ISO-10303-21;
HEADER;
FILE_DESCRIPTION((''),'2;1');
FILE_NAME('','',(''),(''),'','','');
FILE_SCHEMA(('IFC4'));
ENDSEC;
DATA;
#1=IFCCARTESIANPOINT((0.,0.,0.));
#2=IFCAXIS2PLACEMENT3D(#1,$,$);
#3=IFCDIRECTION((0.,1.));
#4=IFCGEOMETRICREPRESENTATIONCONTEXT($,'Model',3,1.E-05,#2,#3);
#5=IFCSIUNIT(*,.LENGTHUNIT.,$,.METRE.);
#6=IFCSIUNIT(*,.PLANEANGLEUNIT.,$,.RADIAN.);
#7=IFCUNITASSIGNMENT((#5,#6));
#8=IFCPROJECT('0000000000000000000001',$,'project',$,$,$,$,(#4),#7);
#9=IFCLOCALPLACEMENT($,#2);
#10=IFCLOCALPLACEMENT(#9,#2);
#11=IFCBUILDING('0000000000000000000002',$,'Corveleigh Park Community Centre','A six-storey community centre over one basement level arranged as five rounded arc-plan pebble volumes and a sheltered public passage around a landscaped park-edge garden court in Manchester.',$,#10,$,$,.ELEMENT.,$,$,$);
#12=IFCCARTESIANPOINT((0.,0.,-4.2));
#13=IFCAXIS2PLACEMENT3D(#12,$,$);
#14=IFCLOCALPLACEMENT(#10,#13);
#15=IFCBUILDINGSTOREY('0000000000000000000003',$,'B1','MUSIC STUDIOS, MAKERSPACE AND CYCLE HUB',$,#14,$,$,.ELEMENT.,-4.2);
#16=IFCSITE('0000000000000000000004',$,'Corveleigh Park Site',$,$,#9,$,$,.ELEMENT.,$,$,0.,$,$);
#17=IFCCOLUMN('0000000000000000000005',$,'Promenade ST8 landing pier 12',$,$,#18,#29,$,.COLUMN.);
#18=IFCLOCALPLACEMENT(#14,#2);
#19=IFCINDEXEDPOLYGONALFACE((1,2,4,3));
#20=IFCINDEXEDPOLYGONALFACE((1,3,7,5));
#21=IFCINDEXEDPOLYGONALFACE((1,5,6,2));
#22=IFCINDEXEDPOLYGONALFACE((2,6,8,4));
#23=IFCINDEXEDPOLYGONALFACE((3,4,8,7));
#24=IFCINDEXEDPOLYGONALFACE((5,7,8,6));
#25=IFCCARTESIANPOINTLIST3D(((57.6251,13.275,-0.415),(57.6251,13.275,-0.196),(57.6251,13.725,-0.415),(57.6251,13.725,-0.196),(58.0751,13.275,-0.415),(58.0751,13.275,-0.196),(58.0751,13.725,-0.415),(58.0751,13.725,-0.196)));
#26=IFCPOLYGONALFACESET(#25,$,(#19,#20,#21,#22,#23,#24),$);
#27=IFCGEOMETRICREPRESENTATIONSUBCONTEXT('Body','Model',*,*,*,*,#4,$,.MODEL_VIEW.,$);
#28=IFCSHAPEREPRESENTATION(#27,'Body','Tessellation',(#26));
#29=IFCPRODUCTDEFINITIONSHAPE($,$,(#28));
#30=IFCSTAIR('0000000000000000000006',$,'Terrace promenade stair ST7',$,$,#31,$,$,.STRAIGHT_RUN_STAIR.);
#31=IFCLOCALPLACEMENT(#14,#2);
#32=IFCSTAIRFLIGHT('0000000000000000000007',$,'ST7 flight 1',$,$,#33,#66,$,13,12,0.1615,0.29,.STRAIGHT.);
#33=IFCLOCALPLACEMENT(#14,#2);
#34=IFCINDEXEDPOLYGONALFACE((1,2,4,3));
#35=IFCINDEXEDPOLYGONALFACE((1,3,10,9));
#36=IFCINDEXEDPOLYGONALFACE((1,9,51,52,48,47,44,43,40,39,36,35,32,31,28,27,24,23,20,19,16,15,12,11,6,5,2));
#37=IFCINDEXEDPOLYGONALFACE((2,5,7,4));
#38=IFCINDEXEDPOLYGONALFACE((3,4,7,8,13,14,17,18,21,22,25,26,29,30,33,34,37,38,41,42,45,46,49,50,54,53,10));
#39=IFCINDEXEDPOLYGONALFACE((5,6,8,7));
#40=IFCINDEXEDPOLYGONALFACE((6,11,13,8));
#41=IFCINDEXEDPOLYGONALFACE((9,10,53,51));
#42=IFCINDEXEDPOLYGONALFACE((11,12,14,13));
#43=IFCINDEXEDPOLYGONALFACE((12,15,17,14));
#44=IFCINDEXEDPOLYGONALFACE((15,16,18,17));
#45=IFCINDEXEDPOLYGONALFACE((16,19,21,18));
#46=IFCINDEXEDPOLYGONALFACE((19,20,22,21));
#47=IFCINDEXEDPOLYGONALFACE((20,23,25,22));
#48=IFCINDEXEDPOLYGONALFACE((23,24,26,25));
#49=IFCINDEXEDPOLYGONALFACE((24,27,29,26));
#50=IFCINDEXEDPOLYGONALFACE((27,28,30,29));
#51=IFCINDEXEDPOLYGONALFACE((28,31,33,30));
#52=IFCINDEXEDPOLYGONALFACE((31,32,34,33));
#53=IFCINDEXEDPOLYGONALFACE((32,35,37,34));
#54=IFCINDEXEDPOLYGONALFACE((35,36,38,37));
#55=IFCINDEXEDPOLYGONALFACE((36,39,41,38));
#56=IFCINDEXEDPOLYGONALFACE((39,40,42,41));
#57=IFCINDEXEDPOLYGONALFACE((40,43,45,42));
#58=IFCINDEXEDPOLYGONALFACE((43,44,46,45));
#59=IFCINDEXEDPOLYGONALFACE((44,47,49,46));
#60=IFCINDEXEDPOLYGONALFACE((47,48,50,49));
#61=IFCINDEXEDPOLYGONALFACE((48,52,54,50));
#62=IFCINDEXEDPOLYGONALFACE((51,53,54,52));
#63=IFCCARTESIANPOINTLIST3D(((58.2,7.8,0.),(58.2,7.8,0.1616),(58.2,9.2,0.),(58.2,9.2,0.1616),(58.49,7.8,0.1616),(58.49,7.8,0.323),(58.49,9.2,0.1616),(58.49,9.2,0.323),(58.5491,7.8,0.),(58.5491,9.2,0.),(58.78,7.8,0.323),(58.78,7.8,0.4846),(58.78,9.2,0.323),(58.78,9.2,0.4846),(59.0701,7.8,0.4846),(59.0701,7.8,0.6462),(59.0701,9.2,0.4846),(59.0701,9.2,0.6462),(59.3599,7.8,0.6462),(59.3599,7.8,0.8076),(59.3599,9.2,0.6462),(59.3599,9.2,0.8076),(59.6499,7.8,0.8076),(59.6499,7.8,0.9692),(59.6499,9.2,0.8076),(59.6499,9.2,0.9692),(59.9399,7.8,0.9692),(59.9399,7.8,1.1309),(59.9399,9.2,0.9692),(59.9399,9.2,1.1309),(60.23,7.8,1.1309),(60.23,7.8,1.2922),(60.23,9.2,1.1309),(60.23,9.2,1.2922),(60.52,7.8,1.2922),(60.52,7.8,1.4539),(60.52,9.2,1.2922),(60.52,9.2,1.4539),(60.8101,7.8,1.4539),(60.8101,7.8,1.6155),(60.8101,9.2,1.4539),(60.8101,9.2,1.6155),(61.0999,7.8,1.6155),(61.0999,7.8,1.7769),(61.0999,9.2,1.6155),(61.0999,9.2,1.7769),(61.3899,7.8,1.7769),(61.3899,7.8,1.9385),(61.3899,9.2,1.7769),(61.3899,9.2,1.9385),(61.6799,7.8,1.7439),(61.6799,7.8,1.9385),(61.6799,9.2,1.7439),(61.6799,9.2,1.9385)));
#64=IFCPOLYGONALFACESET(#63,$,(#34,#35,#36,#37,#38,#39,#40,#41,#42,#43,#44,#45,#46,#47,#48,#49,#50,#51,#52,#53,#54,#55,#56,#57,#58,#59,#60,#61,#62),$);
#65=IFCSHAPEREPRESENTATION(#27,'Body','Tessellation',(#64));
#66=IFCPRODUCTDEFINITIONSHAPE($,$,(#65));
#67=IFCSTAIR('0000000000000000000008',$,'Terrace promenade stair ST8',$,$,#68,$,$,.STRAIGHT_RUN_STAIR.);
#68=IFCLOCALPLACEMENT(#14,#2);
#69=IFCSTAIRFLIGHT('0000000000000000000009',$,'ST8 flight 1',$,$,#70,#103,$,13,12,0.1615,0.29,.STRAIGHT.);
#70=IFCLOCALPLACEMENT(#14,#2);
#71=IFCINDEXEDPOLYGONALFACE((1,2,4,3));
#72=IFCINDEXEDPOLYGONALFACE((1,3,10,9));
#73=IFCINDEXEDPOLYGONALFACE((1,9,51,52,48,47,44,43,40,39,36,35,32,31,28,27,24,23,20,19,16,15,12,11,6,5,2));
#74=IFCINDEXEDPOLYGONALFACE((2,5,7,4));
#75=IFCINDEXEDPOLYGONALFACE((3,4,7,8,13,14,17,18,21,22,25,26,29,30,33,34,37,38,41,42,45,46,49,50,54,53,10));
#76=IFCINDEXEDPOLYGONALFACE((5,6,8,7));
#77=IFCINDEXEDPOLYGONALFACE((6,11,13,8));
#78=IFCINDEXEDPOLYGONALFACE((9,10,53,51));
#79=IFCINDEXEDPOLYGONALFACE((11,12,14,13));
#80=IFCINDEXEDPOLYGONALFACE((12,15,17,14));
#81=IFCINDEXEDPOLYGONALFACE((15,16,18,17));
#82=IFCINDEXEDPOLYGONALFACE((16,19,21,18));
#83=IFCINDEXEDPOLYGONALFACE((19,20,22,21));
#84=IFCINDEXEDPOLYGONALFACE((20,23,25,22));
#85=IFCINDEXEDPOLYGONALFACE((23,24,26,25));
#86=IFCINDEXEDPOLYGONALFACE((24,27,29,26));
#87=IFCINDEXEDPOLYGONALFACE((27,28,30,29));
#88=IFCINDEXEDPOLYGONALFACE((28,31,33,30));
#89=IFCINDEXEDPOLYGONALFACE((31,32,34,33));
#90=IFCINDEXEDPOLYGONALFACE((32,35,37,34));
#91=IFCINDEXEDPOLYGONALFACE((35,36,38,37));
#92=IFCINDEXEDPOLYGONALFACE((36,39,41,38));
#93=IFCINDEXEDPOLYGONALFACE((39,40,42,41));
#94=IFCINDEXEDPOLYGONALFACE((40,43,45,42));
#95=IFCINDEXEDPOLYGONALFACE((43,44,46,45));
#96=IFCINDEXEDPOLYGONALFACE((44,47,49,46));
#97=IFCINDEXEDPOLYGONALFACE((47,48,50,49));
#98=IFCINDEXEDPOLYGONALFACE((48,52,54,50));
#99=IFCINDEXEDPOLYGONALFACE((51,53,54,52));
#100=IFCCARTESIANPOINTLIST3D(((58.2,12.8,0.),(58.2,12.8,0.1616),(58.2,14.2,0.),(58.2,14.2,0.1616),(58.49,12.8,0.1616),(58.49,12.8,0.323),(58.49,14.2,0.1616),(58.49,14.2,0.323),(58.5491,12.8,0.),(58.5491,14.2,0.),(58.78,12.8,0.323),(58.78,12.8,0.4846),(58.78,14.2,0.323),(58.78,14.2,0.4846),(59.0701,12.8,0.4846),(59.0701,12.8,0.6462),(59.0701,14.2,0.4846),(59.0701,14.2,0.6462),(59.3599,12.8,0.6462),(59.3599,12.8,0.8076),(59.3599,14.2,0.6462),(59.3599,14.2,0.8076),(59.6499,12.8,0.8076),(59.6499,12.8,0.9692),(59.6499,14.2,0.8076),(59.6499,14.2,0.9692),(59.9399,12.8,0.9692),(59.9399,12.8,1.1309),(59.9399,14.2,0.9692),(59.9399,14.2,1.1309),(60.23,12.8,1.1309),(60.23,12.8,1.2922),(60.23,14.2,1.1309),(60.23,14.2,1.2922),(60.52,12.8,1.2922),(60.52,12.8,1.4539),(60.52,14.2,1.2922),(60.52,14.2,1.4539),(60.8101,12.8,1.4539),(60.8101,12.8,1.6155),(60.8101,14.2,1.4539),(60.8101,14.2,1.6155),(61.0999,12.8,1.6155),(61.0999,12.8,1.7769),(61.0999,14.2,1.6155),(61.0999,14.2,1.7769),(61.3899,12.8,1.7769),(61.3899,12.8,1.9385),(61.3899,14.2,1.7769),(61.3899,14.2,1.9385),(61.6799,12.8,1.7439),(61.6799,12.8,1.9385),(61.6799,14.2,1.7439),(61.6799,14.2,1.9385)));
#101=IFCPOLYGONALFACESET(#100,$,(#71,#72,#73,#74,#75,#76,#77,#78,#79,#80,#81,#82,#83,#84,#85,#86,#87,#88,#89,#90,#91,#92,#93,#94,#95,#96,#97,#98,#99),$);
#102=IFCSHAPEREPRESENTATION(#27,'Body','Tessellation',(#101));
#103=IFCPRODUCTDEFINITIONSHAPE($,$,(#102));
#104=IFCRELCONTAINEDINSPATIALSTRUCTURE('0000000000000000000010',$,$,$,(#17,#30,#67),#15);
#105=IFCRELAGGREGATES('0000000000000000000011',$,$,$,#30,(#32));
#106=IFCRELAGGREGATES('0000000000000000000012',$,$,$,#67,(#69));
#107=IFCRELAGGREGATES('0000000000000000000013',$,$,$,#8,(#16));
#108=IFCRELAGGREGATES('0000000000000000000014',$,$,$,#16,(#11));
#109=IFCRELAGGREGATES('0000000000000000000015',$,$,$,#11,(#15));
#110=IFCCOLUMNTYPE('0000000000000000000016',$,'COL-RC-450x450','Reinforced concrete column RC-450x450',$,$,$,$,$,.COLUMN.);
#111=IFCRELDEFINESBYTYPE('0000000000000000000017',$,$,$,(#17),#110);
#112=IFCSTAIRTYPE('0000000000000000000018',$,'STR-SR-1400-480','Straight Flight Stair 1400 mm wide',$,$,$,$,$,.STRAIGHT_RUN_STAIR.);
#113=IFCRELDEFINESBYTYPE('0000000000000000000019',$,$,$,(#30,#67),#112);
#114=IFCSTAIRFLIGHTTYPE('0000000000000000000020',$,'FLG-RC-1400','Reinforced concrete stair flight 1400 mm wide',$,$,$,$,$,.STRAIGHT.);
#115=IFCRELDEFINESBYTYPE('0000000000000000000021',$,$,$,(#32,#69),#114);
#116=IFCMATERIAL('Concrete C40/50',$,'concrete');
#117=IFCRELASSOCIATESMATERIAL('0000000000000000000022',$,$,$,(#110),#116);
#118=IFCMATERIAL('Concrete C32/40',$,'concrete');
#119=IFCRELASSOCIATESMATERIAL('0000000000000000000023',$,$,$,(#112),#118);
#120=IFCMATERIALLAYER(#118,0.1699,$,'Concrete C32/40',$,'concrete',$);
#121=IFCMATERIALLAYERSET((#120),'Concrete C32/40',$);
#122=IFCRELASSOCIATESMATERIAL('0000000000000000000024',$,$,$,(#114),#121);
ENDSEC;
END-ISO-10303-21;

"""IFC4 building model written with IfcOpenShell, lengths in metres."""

from ifc_helpers import new_model, si_unit, direction, frame, origin, origin_2d, place, context, subcontext, project, spatial, polyline, rectangle, outline, extrude, material, layer, layer_set, material_profile, profile_set, type_object, element, aggregate, save


model = new_model("IFC4")

# Units and contexts
model_context = context("Model", 3, precision=1e-05, world=origin(), true_north=direction((0.0, 1.0)))
body_context = subcontext(model_context, "Body", "Model", "MODEL_VIEW")
ifc_project = project(units=[si_unit("LENGTHUNIT", "METRE"), si_unit("PLANEANGLEUNIT", "RADIAN")], contexts=[model_context])

# Site, building, storey
site_placement = place(None, origin())
site = spatial("IfcSite", under=ifc_project, at=site_placement, Name="Corveleigh Park Site", CompositionType="ELEMENT", RefElevation=0.0)
building_placement = place(site_placement, origin())
building = spatial("IfcBuilding", under=site, at=building_placement, Name="Corveleigh Park Community Centre", Description="A six-storey community centre over one basement level arranged as five rounded arc-plan pebble volumes and a sheltered public passage around a landscaped park-edge garden court in Manchester.", CompositionType="ELEMENT")
storey_placement = place(building_placement, frame((0.0, 0.0, -4.2)))
storey = spatial("IfcBuildingStorey", under=building, at=storey_placement, Name="B1", Description="MUSIC STUDIOS, MAKERSPACE AND CYCLE HUB", CompositionType="ELEMENT", Elevation=-4.2)

# Shared definitions
ifc_material_1 = material(Name="Concrete C40/50", Category="concrete")

# Shared definitions
ifc_material_2 = material(Name="Concrete C32/40", Category="concrete")

# Column
ifc_material_profile_1 = material_profile(ifc_material_1, rectangle(XDim=0.45, YDim=0.45, at=origin_2d()), Name="RC-450x450", Category="concrete")
ifc_profile_set_1 = profile_set([ifc_material_profile_1], Name="Concrete C40/50")
column_type = type_object("IfcColumnType", Name="COL-RC-450x450", Description="Reinforced concrete column RC-450x450", PredefinedType="COLUMN", material=ifc_profile_set_1)
for number, where, z_axis, x_axis, name in (
    (1, (57.8501, 13.5, -0.415), (0.0, 0.0, 1.0), (1.0, 0.0, 0.0), "Promenade ST8 landing pier 12"),
):
    element("IfcColumn", number, at=place(storey_placement, frame(where, z_axis=z_axis, x_axis=x_axis)), inside=storey, type_object=column_type, Name=name, PredefinedType="COLUMN", context=body_context, shape_type="SweptSolid", body=[
        extrude(rectangle(XDim=0.45, YDim=0.45, at=origin_2d()), origin(), (0.0, 0.0, 1.0), 0.219),
    ])

# Stairs, stair flights
stair_type = type_object("IfcStairType", Name="STR-SR-1400-480", Description="Straight Flight Stair 1400 mm wide", PredefinedType="STRAIGHT_RUN_STAIR", material=ifc_material_2)
stair_1_placement = place(storey_placement, origin())
stair_1 = element("IfcStair", 2, at=stair_1_placement, inside=storey, type_object=stair_type, Name="Terrace promenade stair ST7", PredefinedType="STRAIGHT_RUN_STAIR")
ifc_layer = layer(ifc_material_2, 0.1699, Name="Concrete C32/40", Category="concrete")
ifc_layer_set = layer_set([ifc_layer], Name="Concrete C32/40")
stair_flight_type = type_object("IfcStairFlightType", Name="FLG-RC-1400", Description="Reinforced concrete stair flight 1400 mm wide", PredefinedType="STRAIGHT", material=ifc_layer_set)
stair_flight_1_placement = place(storey_placement, frame((58.2, 8.5, 0.0), z_axis=(0.0, 0.0, 1.0), x_axis=(1.0, 0.0, 0.0)))
stair_flight_1 = element("IfcStairFlight", 3, at=stair_flight_1_placement, type_object=stair_flight_type, Name="ST7 flight 1", NumberOfRisers=13, NumberOfTreads=12, PredefinedType="STRAIGHT", RiserHeight=0.1615, TreadLength=0.29, context=body_context, shape_type="SweptSolid", body=[
    extrude(outline(polyline([(0.0, 0.0), (0.0, 0.1616), (0.29, 0.1616), (0.29, 0.323), (0.5801, 0.323), (0.5801, 0.4846), (0.8701, 0.4846), (0.8701, 0.6462), (1.1599, 0.6462), (1.1599, 0.8076), (1.45, 0.8076), (1.45, 0.9692), (1.74, 0.9692), (1.74, 1.1309), (2.03, 1.1309), (2.03, 1.2922), (2.3201, 1.2922), (2.3201, 1.4539), (2.6101, 1.4539), (2.6101, 1.6155), (2.8999, 1.6155), (2.8999, 1.7769), (3.1899, 1.7769), (3.1899, 1.9385), (3.48, 1.9385), (3.48, 2.1001), (3.48, 1.7439), (0.3491, 0.0), (0.0, 0.0)])), frame((0.0, 0.7, 0.0), z_axis=(0.0, -1.0, 0.0), x_axis=(1.0, 0.0, 0.0)), (0.0, 0.0, 1.0), 1.3999),
])
aggregate(stair_1, [stair_flight_1])
stair_2_placement = place(storey_placement, origin())
stair_2 = element("IfcStair", 4, at=stair_2_placement, inside=storey, type_object=stair_type, Name="Terrace promenade stair ST8", PredefinedType="STRAIGHT_RUN_STAIR")
stair_flight_2_placement = place(storey_placement, frame((58.2, 13.5, 0.0), z_axis=(0.0, 0.0, 1.0), x_axis=(1.0, 0.0, 0.0)))
stair_flight_2 = element("IfcStairFlight", 5, at=stair_flight_2_placement, type_object=stair_flight_type, Name="ST8 flight 1", NumberOfRisers=13, NumberOfTreads=12, PredefinedType="STRAIGHT", RiserHeight=0.1615, TreadLength=0.29, context=body_context, shape_type="SweptSolid", body=[
    extrude(outline(polyline([(0.0, 0.0), (0.0, 0.1616), (0.29, 0.1616), (0.29, 0.323), (0.5801, 0.323), (0.5801, 0.4846), (0.8701, 0.4846), (0.8701, 0.6462), (1.1599, 0.6462), (1.1599, 0.8076), (1.45, 0.8076), (1.45, 0.9692), (1.74, 0.9692), (1.74, 1.1309), (2.03, 1.1309), (2.03, 1.2922), (2.3201, 1.2922), (2.3201, 1.4539), (2.6101, 1.4539), (2.6101, 1.6155), (2.8999, 1.6155), (2.8999, 1.7769), (3.1899, 1.7769), (3.1899, 1.9385), (3.48, 1.9385), (3.48, 2.1001), (3.48, 1.7439), (0.3491, 0.0), (0.0, 0.0)])), frame((0.0, 0.7, 0.0), z_axis=(0.0, -1.0, 0.0), x_axis=(1.0, 0.0, 0.0)), (0.0, 0.0, 1.0), 1.3999),
])
aggregate(stair_2, [stair_flight_2])

save(model, "model.ifc")
